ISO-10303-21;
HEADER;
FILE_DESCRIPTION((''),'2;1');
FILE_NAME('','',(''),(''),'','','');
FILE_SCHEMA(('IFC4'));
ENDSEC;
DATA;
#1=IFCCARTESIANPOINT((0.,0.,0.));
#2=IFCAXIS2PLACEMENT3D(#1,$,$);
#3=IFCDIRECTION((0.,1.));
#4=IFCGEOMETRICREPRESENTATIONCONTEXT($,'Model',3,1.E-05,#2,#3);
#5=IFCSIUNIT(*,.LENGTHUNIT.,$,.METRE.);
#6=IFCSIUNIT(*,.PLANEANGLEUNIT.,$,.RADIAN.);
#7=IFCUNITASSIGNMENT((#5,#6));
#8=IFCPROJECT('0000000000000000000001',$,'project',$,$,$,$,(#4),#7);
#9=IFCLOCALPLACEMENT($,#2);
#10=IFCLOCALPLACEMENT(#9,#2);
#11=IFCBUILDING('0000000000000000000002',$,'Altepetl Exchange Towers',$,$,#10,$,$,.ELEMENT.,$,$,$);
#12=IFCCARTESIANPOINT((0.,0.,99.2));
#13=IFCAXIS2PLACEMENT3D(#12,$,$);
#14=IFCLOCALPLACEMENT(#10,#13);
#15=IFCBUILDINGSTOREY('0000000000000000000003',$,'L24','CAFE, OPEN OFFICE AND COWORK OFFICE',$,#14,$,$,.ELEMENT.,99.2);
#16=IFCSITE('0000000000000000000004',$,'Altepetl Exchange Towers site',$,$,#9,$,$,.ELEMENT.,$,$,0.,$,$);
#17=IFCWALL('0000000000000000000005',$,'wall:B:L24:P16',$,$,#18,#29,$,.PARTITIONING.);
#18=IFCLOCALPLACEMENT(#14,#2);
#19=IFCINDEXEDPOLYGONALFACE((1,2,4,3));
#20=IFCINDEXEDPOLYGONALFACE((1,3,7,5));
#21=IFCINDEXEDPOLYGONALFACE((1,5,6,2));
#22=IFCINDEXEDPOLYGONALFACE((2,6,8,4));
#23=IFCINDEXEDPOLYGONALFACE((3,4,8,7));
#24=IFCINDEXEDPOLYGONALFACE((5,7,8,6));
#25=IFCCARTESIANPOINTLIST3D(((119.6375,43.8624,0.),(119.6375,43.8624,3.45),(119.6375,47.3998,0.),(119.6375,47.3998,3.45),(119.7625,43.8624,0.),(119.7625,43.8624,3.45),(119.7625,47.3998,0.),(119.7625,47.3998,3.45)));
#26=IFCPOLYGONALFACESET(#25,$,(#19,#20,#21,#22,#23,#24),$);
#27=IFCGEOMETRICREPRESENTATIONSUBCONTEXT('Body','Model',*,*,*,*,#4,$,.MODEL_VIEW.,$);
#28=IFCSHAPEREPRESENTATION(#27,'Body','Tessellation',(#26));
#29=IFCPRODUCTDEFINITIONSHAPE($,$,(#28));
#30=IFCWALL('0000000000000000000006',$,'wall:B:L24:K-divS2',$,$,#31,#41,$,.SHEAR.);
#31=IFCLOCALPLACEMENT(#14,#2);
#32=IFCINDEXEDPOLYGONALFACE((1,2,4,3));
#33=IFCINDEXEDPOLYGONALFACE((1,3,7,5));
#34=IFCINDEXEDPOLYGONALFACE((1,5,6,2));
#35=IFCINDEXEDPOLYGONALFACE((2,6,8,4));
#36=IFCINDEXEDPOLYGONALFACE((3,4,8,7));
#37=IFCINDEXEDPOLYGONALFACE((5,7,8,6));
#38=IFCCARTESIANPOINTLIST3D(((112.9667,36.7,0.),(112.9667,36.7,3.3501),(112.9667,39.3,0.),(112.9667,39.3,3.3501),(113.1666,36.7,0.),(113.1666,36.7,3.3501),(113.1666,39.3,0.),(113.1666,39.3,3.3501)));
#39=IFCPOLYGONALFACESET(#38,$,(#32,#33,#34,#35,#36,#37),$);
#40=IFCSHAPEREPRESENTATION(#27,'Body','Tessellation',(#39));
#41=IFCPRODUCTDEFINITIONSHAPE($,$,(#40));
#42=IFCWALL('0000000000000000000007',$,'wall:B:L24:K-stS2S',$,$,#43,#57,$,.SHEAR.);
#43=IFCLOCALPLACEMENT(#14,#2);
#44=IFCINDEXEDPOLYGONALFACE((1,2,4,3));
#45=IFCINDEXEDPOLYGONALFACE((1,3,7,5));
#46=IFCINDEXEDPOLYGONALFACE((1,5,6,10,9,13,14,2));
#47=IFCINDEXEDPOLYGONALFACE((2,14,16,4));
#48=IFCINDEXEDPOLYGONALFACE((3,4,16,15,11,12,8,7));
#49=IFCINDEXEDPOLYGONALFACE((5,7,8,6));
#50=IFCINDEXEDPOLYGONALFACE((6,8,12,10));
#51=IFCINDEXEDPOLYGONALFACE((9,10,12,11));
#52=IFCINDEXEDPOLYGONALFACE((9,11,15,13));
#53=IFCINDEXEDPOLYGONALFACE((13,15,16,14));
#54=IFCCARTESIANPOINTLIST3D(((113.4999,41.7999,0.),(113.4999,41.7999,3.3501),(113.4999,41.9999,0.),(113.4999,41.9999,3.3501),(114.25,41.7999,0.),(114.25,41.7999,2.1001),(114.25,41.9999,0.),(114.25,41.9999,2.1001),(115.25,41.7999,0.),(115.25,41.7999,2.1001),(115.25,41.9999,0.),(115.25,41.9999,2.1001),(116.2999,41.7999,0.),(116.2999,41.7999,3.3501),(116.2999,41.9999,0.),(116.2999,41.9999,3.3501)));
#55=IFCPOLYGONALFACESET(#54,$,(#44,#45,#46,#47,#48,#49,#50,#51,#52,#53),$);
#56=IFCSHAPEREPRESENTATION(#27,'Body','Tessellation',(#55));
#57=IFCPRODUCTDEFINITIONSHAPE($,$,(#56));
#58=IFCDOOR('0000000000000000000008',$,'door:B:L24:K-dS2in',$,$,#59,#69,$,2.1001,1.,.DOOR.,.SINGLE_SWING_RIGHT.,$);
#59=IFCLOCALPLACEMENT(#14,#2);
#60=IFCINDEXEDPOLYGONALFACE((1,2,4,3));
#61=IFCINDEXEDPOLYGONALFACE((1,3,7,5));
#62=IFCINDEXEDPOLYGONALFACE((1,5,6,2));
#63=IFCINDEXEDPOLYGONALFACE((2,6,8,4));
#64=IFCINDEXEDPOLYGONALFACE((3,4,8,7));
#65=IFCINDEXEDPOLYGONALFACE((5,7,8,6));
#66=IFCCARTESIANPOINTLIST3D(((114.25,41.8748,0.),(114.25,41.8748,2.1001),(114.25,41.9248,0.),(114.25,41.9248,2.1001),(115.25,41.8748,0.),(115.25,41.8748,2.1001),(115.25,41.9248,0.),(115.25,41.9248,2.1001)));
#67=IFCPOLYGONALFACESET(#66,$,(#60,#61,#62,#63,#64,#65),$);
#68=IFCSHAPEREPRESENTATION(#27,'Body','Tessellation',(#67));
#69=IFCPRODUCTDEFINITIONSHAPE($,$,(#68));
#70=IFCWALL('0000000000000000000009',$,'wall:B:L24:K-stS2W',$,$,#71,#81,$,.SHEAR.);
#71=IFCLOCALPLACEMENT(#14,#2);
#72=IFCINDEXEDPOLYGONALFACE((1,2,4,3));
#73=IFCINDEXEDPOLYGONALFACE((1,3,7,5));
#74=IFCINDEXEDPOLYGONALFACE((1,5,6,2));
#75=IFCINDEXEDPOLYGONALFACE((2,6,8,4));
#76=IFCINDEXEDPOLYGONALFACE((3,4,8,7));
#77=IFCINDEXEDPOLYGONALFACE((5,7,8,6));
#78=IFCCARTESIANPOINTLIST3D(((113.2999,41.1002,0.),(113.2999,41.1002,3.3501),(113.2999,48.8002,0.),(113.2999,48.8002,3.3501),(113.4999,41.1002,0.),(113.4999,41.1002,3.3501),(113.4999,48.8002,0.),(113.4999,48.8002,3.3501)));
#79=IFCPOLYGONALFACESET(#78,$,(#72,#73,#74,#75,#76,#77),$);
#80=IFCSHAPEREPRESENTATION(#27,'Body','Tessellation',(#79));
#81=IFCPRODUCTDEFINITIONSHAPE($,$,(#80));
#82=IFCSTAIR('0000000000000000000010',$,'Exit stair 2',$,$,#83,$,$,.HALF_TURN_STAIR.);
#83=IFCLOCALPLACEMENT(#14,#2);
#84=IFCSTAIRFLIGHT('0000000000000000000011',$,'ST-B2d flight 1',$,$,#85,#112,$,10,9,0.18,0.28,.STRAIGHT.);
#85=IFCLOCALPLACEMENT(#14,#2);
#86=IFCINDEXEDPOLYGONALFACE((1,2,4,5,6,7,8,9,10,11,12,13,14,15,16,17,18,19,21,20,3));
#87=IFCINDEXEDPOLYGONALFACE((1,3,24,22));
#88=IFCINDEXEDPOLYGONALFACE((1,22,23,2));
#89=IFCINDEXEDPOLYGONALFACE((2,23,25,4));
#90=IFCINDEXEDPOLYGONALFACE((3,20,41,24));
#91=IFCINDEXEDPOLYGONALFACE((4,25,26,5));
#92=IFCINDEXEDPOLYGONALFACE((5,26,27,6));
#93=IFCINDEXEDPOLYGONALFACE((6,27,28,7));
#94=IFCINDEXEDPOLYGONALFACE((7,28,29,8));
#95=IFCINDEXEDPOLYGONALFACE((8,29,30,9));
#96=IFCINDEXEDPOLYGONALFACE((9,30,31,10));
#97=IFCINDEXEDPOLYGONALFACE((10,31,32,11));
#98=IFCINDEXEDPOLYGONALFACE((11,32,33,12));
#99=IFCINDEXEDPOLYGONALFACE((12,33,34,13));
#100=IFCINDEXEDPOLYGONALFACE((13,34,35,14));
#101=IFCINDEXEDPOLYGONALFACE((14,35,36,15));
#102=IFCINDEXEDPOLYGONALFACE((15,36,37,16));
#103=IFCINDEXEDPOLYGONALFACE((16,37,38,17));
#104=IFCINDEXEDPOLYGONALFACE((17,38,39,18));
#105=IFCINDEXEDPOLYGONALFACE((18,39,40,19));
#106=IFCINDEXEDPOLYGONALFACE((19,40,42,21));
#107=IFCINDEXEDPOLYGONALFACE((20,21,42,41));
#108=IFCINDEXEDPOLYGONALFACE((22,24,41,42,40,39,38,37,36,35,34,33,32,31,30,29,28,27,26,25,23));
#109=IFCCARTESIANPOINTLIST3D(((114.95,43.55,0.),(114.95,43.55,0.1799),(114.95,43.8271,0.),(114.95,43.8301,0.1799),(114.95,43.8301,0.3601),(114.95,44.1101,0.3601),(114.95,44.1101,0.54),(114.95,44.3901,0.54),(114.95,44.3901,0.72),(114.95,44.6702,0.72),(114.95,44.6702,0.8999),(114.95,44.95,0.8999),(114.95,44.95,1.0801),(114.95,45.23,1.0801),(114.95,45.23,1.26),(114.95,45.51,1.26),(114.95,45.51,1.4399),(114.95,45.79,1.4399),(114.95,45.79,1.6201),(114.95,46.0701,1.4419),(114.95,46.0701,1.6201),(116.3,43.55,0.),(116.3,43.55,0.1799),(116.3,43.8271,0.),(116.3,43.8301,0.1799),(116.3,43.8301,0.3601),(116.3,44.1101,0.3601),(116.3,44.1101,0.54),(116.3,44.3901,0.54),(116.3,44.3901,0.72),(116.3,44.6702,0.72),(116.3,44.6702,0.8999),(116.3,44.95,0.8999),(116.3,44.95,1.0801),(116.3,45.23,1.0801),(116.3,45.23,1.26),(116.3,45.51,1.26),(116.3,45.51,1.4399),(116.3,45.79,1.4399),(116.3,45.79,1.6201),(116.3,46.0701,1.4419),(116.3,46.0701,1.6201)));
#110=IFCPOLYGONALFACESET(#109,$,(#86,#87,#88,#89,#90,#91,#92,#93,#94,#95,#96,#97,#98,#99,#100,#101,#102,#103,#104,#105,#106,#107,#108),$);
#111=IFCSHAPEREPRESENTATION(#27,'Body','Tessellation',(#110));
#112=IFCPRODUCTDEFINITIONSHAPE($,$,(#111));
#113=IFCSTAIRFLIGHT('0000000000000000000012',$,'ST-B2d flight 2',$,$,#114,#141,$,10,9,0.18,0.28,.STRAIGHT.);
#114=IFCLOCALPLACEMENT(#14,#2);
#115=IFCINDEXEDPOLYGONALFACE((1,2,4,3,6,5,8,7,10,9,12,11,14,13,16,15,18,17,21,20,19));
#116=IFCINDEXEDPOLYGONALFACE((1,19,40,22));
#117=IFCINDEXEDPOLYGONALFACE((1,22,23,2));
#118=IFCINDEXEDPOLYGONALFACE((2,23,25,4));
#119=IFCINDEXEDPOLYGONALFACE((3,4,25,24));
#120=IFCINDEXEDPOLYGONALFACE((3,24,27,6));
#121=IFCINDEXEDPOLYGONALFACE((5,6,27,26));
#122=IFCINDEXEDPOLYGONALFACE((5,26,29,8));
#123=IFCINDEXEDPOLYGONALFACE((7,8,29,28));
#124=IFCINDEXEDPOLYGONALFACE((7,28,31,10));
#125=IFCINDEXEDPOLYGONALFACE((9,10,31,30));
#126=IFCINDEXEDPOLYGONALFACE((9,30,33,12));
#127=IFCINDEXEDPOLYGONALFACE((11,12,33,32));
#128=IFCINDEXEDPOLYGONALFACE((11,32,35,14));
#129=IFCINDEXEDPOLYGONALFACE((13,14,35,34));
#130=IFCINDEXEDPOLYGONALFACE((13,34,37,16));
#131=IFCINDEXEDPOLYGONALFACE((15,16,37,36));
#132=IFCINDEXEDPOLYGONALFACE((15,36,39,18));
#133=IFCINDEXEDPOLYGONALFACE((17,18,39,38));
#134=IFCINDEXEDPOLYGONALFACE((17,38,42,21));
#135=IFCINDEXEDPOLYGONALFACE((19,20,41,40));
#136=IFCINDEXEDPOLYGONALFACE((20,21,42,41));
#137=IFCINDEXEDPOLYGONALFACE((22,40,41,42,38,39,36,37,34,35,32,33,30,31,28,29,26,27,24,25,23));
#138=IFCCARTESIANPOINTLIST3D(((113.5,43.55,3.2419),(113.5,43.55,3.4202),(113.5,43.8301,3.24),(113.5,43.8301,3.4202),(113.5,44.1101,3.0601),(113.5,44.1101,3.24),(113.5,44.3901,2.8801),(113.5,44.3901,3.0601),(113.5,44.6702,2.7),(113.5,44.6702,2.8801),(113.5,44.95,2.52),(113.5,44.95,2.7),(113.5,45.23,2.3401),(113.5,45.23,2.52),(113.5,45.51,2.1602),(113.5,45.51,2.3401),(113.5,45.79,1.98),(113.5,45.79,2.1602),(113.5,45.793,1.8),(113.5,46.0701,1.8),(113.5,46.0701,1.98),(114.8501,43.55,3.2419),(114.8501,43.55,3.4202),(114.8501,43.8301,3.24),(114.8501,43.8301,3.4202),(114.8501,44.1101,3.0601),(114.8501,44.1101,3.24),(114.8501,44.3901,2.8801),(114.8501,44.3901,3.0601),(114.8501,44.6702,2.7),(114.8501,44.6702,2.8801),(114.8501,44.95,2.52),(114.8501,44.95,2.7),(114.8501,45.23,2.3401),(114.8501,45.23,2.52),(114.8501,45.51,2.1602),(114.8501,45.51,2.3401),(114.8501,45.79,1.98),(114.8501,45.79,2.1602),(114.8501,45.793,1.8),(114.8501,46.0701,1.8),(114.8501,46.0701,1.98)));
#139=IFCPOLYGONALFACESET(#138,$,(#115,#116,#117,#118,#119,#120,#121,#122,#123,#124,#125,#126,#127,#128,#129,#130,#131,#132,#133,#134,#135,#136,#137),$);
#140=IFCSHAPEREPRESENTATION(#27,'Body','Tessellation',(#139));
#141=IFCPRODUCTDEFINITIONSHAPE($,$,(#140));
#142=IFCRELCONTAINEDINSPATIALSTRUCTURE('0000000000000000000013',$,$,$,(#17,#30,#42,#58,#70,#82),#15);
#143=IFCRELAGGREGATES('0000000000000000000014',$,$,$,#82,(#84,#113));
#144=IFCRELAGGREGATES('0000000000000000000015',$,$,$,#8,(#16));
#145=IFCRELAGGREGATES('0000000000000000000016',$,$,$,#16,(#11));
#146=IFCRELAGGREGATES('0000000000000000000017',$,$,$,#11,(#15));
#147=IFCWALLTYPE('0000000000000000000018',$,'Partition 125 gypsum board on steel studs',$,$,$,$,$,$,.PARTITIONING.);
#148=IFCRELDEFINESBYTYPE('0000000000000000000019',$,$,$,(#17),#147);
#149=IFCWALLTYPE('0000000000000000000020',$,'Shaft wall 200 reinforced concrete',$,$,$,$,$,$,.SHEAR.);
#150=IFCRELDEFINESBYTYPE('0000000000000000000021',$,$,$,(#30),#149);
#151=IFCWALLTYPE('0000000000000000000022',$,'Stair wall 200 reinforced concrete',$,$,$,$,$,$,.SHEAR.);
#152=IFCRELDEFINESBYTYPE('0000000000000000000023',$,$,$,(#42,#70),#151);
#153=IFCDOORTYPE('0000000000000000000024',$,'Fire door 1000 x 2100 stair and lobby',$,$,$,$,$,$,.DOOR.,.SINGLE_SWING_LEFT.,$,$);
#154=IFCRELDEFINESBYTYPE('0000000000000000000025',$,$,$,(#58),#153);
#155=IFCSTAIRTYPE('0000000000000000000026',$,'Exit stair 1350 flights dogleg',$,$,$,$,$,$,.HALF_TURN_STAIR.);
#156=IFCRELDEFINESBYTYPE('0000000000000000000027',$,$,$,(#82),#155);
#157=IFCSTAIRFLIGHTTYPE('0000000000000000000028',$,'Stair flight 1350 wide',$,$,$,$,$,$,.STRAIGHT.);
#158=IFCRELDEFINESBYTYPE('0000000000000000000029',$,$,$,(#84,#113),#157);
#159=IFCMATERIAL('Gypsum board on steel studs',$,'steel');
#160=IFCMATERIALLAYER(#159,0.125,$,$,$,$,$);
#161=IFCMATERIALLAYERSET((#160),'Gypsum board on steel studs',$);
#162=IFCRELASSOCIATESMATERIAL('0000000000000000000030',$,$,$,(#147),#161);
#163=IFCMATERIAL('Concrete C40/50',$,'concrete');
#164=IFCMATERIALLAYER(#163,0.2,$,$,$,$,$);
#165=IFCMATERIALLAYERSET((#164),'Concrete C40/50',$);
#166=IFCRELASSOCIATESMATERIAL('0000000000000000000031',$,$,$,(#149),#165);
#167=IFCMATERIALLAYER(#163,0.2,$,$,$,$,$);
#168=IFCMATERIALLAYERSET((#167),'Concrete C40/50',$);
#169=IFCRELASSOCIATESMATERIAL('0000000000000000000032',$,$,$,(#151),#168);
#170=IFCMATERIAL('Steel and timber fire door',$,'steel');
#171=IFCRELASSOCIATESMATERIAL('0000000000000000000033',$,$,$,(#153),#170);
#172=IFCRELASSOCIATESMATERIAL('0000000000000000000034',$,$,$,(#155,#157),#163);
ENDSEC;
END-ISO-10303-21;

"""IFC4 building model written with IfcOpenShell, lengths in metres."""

from ifc_helpers import new_model, si_unit, direction, frame, frame_2d, origin, place, context, subcontext, project, spatial, polyline, rectangle, outline, extrude, material, layer, layer_set, type_object, element, fill, aggregate, save


model = new_model("IFC4")

# Units and contexts
model_context = context("Model", 3, precision=1e-05, world=origin(), true_north=direction((0.0, 1.0)))
body_context = subcontext(model_context, "Body", "Model", "MODEL_VIEW")
ifc_project = project(units=[si_unit("LENGTHUNIT", "METRE"), si_unit("PLANEANGLEUNIT", "RADIAN")], contexts=[model_context])

# Site, building, storey
site_placement = place(None, origin())
site = spatial("IfcSite", under=ifc_project, at=site_placement, Name="Altepetl Exchange Towers site", CompositionType="ELEMENT", RefElevation=0.0)
building_placement = place(site_placement, origin())
building = spatial("IfcBuilding", under=site, at=building_placement, Name="Altepetl Exchange Towers", CompositionType="ELEMENT")
storey_placement = place(building_placement, frame((0.0, 0.0, 99.2)))
storey = spatial("IfcBuildingStorey", under=building, at=storey_placement, Name="L24", Description="CAFE, OPEN OFFICE AND COWORK OFFICE", CompositionType="ELEMENT", Elevation=99.2)

# Shared definitions
ifc_material_1 = material(Name="Gypsum board on steel studs", Category="steel")
ifc_layer_1 = layer(ifc_material_1, 0.125)
ifc_layer_set_1 = layer_set([ifc_layer_1], Name="Gypsum board on steel studs")
wall_type_1 = type_object("IfcWallType", Name="Partition 125 gypsum board on steel studs", PredefinedType="PARTITIONING", material=ifc_layer_set_1)

# Shared definitions
ifc_material_2 = material(Name="Steel and timber fire door", Category="steel")

# Walls
wall_1_placement = place(storey_placement, frame((119.7, 43.8625, 0.0), z_axis=(0.0, 0.0, 1.0), x_axis=(0.0, 1.0, 0.0)))
element("IfcWall", 1, at=wall_1_placement, inside=storey, type_object=wall_type_1, Name="wall:B:L24:P16", PredefinedType="PARTITIONING", context=body_context, shape_type="SweptSolid", body=[
    extrude(rectangle(XDim=3.5374, YDim=0.125, at=frame_2d((1.7686, 0.0))), origin(), (0.0, 0.0, 1.0), 3.45),
])
ifc_material_3 = material(Name="Concrete C40/50", Category="concrete")
ifc_layer_2 = layer(ifc_material_3, 0.2)
ifc_layer_set_2 = layer_set([ifc_layer_2], Name="Concrete C40/50")
wall_type_2 = type_object("IfcWallType", Name="Shaft wall 200 reinforced concrete", PredefinedType="SHEAR", material=ifc_layer_set_2)
wall_2_placement = place(storey_placement, frame((113.0667, 36.7, 0.0), z_axis=(0.0, 0.0, 1.0), x_axis=(0.0, 1.0, 0.0)))
element("IfcWall", 2, at=wall_2_placement, inside=storey, type_object=wall_type_2, Name="wall:B:L24:K-divS2", PredefinedType="SHEAR", context=body_context, shape_type="SweptSolid", body=[
    extrude(rectangle(XDim=2.6001, YDim=0.2, at=frame_2d((1.3, 0.0))), origin(), (0.0, 0.0, 1.0), 3.3501),
])

# Wall, opening, door
ifc_layer_3 = layer(ifc_material_3, 0.2)
ifc_layer_set_3 = layer_set([ifc_layer_3], Name="Concrete C40/50")
wall_type_3 = type_object("IfcWallType", Name="Stair wall 200 reinforced concrete", PredefinedType="SHEAR", material=ifc_layer_set_3)
wall_3_placement = place(storey_placement, frame((113.5, 41.8999, 0.0)))
wall_3 = element("IfcWall", 3, at=wall_3_placement, inside=storey, type_object=wall_type_3, Name="wall:B:L24:K-stS2S", PredefinedType="SHEAR", context=body_context, shape_type="SweptSolid", body=[
    extrude(rectangle(XDim=2.8, YDim=0.2, at=frame_2d((1.3999, 0.0))), origin(), (0.0, 0.0, 1.0), 3.3501),
])
opening_1_placement = place(wall_3_placement, frame((0.75, 0.0, 0.0)))
opening_1 = element("IfcOpeningElement", 4, at=opening_1_placement, cuts=wall_3, PredefinedType="OPENING", context=body_context, shape_type="SweptSolid", body=[
    extrude(rectangle(XDim=1.0, YDim=2.1001, at=frame_2d((0.5, 1.05))), frame((0.0, 0.1099, 0.0), z_axis=(0.0, -1.0, 0.0), x_axis=(1.0, 0.0, 0.0)), (0.0, 0.0, 1.0), 0.22),
])
door_type_1 = type_object("IfcDoorType", Name="Fire door 1000 x 2100 stair and lobby", OperationType="SINGLE_SWING_LEFT", PredefinedType="DOOR", material=ifc_material_2)
door_1_placement = place(opening_1_placement, origin())
door_1 = element("IfcDoor", 5, at=door_1_placement, inside=storey, type_object=door_type_1, Name="door:B:L24:K-dS2in", OperationType="SINGLE_SWING_RIGHT", OverallHeight=2.1001, OverallWidth=1.0, PredefinedType="DOOR", context=body_context, shape_type="SweptSolid", body=[
    extrude(rectangle(XDim=1.0, YDim=2.1001, at=frame_2d((0.5, 1.05))), frame((0.0, 0.0249, 0.0), z_axis=(0.0, -1.0, 0.0), x_axis=(1.0, 0.0, 0.0)), (0.0, 0.0, 1.0), 0.05),
])
fill(opening_1, door_1)

# Wall
wall_4_placement = place(storey_placement, frame((113.3999, 41.1001, 0.0), z_axis=(0.0, 0.0, 1.0), x_axis=(0.0, 1.0, 0.0)))
element("IfcWall", 6, at=wall_4_placement, inside=storey, type_object=wall_type_3, Name="wall:B:L24:K-stS2W", PredefinedType="SHEAR", context=body_context, shape_type="SweptSolid", body=[
    extrude(rectangle(XDim=7.7, YDim=0.2, at=frame_2d((3.8501, 0.0))), origin(), (0.0, 0.0, 1.0), 3.3501),
])

# Stair, stair flights
stair_type = type_object("IfcStairType", Name="Exit stair 1350 flights dogleg", PredefinedType="HALF_TURN_STAIR", material=ifc_material_3)
stair_placement = place(storey_placement, origin())
stair = element("IfcStair", 7, at=stair_placement, inside=storey, type_object=stair_type, Name="Exit stair 2", PredefinedType="HALF_TURN_STAIR")
stair_flight_type = type_object("IfcStairFlightType", Name="Stair flight 1350 wide", PredefinedType="STRAIGHT", material=ifc_material_3)
stair_flight_1_placement = place(storey_placement, frame((115.625, 43.55, 0.0), z_axis=(0.0, 0.0, 1.0), x_axis=(0.0, 1.0, 0.0)))
stair_flight_1 = element("IfcStairFlight", 8, at=stair_flight_1_placement, type_object=stair_flight_type, Name="ST-B2d flight 1", NumberOfRisers=10, NumberOfTreads=9, PredefinedType="STRAIGHT", RiserHeight=0.18, TreadLength=0.28, context=body_context, shape_type="SweptSolid", body=[
    extrude(outline(polyline([(0.0, 0.0), (0.0, 0.1799), (0.28, 0.1799), (0.28, 0.3601), (0.5601, 0.3601), (0.5601, 0.54), (0.8401, 0.54), (0.8401, 0.72), (1.1201, 0.72), (1.1201, 0.8999), (1.3999, 0.8999), (1.3999, 1.0801), (1.6799, 1.0801), (1.6799, 1.26), (1.96, 1.26), (1.96, 1.4399), (2.24, 1.4399), (2.24, 1.6201), (2.52, 1.6201), (2.52, 1.8), (2.52, 1.4419), (0.2771, 0.0), (0.0, 0.0)])), frame((0.0, 0.675, 0.0), z_axis=(0.0, -1.0, 0.0), x_axis=(1.0, 0.0, 0.0)), (0.0, 0.0, 1.0), 1.3501),
])
stair_flight_2_placement = place(storey_placement, frame((114.175, 46.0701, 1.8), z_axis=(0.0, 0.0, 1.0), x_axis=(0.0, -1.0, 0.0)))
stair_flight_2 = element("IfcStairFlight", 9, at=stair_flight_2_placement, type_object=stair_flight_type, Name="ST-B2d flight 2", NumberOfRisers=10, NumberOfTreads=9, PredefinedType="STRAIGHT", RiserHeight=0.18, TreadLength=0.28, context=body_context, shape_type="SweptSolid", body=[
    extrude(outline(polyline([(0.0, 0.0), (0.0, 0.1799), (0.28, 0.1799), (0.28, 0.3601), (0.5601, 0.3601), (0.5601, 0.54), (0.8401, 0.54), (0.8401, 0.72), (1.1201, 0.72), (1.1201, 0.8999), (1.3999, 0.8999), (1.3999, 1.0801), (1.6799, 1.0801), (1.6799, 1.26), (1.96, 1.26), (1.96, 1.4399), (2.24, 1.4399), (2.24, 1.6201), (2.52, 1.6201), (2.52, 1.8), (2.52, 1.4419), (0.2771, 0.0), (0.0, 0.0)])), frame((0.0, 0.675, 0.0), z_axis=(0.0, -1.0, 0.0), x_axis=(1.0, 0.0, 0.0)), (0.0, 0.0, 1.0), 1.3501),
])
aggregate(stair, [stair_flight_1, stair_flight_2])

save(model, "model.ifc")
